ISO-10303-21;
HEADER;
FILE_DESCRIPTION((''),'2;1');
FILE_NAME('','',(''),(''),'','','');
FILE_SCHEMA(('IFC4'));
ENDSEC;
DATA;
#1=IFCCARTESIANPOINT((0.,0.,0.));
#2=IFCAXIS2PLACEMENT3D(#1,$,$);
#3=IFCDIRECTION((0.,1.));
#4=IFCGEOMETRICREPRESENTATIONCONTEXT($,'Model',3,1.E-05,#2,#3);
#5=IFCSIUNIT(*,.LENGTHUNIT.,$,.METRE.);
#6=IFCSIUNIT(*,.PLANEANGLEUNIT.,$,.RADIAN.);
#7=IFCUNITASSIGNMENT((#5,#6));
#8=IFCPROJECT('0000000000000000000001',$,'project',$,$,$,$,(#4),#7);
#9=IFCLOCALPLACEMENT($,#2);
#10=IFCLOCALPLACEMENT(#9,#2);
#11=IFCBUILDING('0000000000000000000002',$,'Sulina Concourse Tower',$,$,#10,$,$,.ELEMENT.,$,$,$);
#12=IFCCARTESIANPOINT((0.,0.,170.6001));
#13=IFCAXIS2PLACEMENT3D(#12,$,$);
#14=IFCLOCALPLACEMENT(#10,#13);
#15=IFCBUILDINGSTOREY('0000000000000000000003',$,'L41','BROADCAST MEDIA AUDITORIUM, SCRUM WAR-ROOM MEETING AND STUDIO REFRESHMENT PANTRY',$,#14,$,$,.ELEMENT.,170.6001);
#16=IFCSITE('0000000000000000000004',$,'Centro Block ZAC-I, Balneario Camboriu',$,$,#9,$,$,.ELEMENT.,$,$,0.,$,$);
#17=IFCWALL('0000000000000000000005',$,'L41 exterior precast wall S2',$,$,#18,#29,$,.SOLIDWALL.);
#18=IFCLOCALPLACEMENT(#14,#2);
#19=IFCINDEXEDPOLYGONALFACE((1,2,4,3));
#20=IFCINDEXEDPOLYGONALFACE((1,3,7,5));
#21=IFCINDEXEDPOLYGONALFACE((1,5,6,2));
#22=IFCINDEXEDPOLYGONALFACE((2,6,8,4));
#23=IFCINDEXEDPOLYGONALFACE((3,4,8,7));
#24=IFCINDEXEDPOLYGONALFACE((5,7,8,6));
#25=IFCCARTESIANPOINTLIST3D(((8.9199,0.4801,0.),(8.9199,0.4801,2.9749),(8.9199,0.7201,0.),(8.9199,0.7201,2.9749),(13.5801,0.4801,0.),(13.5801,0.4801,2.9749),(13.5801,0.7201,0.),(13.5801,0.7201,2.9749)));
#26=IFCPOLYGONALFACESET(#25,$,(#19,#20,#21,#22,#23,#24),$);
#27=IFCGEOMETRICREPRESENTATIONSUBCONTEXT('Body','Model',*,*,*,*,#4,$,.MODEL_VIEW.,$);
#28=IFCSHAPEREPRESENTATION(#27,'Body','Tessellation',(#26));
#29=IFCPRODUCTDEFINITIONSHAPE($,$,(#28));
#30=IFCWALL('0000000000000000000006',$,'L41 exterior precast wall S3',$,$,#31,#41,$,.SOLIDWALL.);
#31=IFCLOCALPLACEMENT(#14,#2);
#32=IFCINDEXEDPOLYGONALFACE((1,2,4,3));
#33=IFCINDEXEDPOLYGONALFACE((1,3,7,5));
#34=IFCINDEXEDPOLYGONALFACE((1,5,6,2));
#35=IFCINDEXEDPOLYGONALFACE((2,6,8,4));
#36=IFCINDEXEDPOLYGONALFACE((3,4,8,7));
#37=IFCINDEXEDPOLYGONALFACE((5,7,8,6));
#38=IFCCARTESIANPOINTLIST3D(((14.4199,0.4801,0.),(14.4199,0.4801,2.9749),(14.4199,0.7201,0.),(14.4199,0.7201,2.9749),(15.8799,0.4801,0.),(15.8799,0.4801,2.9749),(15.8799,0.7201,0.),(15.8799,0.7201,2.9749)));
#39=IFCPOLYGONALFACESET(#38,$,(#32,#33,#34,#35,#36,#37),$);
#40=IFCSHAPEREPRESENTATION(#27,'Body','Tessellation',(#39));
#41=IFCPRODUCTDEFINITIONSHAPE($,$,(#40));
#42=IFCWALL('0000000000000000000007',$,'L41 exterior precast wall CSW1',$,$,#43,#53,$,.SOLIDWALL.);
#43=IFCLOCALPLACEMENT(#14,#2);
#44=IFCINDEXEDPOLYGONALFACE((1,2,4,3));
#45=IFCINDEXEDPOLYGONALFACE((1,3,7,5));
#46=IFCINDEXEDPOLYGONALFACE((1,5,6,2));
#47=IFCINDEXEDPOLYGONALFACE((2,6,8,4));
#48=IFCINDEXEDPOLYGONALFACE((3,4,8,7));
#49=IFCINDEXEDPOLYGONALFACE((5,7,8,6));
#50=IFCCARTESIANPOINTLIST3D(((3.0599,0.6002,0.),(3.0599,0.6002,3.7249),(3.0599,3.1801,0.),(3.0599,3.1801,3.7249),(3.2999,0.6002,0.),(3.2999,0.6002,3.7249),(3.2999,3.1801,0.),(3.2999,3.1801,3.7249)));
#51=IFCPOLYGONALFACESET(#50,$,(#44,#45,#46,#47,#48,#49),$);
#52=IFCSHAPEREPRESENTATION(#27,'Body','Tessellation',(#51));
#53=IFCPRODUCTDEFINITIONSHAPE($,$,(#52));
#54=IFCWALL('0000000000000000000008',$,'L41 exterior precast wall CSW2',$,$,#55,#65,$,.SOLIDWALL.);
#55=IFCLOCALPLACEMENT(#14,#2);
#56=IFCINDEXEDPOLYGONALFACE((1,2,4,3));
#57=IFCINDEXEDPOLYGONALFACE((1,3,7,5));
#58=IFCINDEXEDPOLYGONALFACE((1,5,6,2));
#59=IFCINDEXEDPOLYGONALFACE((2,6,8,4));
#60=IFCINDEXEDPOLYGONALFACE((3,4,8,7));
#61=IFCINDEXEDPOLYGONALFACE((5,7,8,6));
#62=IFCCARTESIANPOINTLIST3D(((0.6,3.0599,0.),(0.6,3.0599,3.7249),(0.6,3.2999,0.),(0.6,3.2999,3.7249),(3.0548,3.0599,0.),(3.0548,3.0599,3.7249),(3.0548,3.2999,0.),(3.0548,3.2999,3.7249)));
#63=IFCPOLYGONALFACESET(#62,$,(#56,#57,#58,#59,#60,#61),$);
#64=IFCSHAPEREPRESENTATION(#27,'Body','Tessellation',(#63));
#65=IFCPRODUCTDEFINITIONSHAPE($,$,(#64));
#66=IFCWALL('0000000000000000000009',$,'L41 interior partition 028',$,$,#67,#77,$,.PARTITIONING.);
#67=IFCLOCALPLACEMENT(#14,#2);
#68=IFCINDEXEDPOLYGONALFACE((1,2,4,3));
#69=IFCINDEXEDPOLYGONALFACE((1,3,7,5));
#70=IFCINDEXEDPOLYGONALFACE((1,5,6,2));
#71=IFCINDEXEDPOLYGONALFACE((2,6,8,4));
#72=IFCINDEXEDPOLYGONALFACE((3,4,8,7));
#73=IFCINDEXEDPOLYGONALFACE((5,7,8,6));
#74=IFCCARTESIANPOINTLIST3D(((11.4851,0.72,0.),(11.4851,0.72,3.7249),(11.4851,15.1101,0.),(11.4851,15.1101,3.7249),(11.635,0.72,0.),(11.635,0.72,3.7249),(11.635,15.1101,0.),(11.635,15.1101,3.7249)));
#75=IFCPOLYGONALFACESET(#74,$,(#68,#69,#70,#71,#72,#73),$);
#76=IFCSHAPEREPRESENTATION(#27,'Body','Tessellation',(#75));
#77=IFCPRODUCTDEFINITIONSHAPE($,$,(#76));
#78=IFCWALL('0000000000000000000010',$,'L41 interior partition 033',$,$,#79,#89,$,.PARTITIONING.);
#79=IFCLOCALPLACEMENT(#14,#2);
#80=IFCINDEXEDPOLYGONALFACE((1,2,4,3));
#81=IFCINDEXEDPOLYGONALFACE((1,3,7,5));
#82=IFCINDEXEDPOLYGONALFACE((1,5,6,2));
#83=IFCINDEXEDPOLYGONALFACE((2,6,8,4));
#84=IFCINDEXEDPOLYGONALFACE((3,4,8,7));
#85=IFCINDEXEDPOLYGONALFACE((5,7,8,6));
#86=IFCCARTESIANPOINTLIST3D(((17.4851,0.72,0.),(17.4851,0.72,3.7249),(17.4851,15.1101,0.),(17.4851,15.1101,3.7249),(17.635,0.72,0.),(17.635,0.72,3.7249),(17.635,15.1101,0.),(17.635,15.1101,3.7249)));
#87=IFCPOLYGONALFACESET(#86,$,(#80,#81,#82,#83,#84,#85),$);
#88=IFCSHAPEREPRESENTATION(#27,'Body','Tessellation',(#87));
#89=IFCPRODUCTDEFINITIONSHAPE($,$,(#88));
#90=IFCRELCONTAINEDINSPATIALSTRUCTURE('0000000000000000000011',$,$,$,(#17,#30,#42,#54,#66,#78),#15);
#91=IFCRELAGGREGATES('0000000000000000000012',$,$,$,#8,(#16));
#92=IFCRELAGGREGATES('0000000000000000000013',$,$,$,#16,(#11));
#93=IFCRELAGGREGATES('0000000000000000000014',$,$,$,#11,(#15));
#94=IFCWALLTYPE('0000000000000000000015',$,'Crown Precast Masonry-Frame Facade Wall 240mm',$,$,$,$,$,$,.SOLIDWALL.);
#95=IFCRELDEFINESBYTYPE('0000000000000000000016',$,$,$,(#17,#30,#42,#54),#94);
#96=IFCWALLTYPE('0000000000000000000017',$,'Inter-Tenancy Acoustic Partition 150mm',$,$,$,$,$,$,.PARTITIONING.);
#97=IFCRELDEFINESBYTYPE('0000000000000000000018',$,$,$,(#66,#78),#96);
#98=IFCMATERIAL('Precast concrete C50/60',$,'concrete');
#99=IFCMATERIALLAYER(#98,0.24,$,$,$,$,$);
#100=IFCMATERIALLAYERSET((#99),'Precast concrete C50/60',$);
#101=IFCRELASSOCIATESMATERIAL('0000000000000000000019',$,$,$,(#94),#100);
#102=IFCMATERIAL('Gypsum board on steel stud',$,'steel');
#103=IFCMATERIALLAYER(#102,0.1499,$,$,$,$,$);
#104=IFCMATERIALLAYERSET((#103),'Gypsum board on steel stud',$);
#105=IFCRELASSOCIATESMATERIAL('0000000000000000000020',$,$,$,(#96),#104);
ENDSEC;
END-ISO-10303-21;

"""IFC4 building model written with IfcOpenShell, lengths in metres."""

from ifc_helpers import new_model, si_unit, direction, frame, frame_2d, origin, place, context, subcontext, project, spatial, rectangle, extrude, material, layer, layer_set, type_object, element, save


model = new_model("IFC4")

# Units and contexts
model_context = context("Model", 3, precision=1e-05, world=origin(), true_north=direction((0.0, 1.0)))
body_context = subcontext(model_context, "Body", "Model", "MODEL_VIEW")
ifc_project = project(units=[si_unit("LENGTHUNIT", "METRE"), si_unit("PLANEANGLEUNIT", "RADIAN")], contexts=[model_context])

# Site, building, storey
site_placement = place(None, origin())
site = spatial("IfcSite", under=ifc_project, at=site_placement, Name="Centro Block ZAC-I, Balneario Camboriu", CompositionType="ELEMENT", RefElevation=0.0)
building_placement = place(site_placement, origin())
building = spatial("IfcBuilding", under=site, at=building_placement, Name="Sulina Concourse Tower", CompositionType="ELEMENT")
storey_placement = place(building_placement, frame((0.0, 0.0, 170.6001)))
storey = spatial("IfcBuildingStorey", under=building, at=storey_placement, Name="L41", Description="BROADCAST MEDIA AUDITORIUM, SCRUM WAR-ROOM MEETING AND STUDIO REFRESHMENT PANTRY", CompositionType="ELEMENT", Elevation=170.6001)

# Shared definitions
ifc_material_1 = material(Name="Precast concrete C50/60", Category="concrete")
ifc_layer_1 = layer(ifc_material_1, 0.24)
ifc_layer_set_1 = layer_set([ifc_layer_1], Name="Precast concrete C50/60")
wall_type_1 = type_object("IfcWallType", Name="Crown Precast Masonry-Frame Facade Wall 240mm", PredefinedType="SOLIDWALL", material=ifc_layer_set_1)

# Walls
wall_1_placement = place(storey_placement, frame((13.5801, 0.6001, 0.0), z_axis=(0.0, 0.0, 1.0), x_axis=(-1.0, 0.0, 0.0)))
element("IfcWall", 1, at=wall_1_placement, inside=storey, type_object=wall_type_1, Name="L41 exterior precast wall S2", PredefinedType="SOLIDWALL", context=body_context, shape_type="SweptSolid", body=[
    extrude(rectangle(XDim=4.6602, YDim=0.24, at=frame_2d((2.3301, 0.0))), origin(), (0.0, 0.0, 1.0), 2.9749),
])
wall_2_placement = place(storey_placement, frame((15.8799, 0.6001, 0.0), z_axis=(0.0, 0.0, 1.0), x_axis=(-1.0, 0.0, 0.0)))
element("IfcWall", 2, at=wall_2_placement, inside=storey, type_object=wall_type_1, Name="L41 exterior precast wall S3", PredefinedType="SOLIDWALL", context=body_context, shape_type="SweptSolid", body=[
    extrude(rectangle(XDim=1.46, YDim=0.24, at=frame_2d((0.73, 0.0))), origin(), (0.0, 0.0, 1.0), 2.9749),
])
wall_3_placement = place(storey_placement, frame((3.1799, 0.6001, 0.0), z_axis=(0.0, 0.0, 1.0), x_axis=(0.0, 1.0, 0.0)))
element("IfcWall", 3, at=wall_3_placement, inside=storey, type_object=wall_type_1, Name="L41 exterior precast wall CSW1", PredefinedType="SOLIDWALL", context=body_context, shape_type="SweptSolid", body=[
    extrude(rectangle(XDim=2.5798, YDim=0.24, at=frame_2d((1.29, 0.0))), origin(), (0.0, 0.0, 1.0), 3.7249),
])
wall_4_placement = place(storey_placement, frame((3.0549, 3.1799, 0.0), z_axis=(0.0, 0.0, 1.0), x_axis=(-1.0, 0.0, 0.0)))
element("IfcWall", 4, at=wall_4_placement, inside=storey, type_object=wall_type_1, Name="L41 exterior precast wall CSW2", PredefinedType="SOLIDWALL", context=body_context, shape_type="SweptSolid", body=[
    extrude(rectangle(XDim=2.4548, YDim=0.24, at=frame_2d((1.2275, 0.0))), origin(), (0.0, 0.0, 1.0), 3.7249),
])
ifc_material_2 = material(Name="Gypsum board on steel stud", Category="steel")
ifc_layer_2 = layer(ifc_material_2, 0.1499)
ifc_layer_set_2 = layer_set([ifc_layer_2], Name="Gypsum board on steel stud")
wall_type_2 = type_object("IfcWallType", Name="Inter-Tenancy Acoustic Partition 150mm", PredefinedType="PARTITIONING", material=ifc_layer_set_2)
for number, where, z_axis, x_axis, name in (
    (5, (11.5601, 0.72, 0.0), (0.0, 0.0, 1.0), (0.0, 1.0, 0.0), "L41 interior partition 028"),
    (6, (17.5601, 0.72, 0.0), (0.0, 0.0, 1.0), (0.0, 1.0, 0.0), "L41 interior partition 033"),
):
    element("IfcWall", number, at=place(storey_placement, frame(where, z_axis=z_axis, x_axis=x_axis)), inside=storey, type_object=wall_type_2, Name=name, PredefinedType="PARTITIONING", context=body_context, shape_type="SweptSolid", body=[
        extrude(rectangle(XDim=14.3901, YDim=0.1499, at=frame_2d((7.1951, 0.0))), origin(), (0.0, 0.0, 1.0), 3.7249),
    ])

save(model, "model.ifc")
